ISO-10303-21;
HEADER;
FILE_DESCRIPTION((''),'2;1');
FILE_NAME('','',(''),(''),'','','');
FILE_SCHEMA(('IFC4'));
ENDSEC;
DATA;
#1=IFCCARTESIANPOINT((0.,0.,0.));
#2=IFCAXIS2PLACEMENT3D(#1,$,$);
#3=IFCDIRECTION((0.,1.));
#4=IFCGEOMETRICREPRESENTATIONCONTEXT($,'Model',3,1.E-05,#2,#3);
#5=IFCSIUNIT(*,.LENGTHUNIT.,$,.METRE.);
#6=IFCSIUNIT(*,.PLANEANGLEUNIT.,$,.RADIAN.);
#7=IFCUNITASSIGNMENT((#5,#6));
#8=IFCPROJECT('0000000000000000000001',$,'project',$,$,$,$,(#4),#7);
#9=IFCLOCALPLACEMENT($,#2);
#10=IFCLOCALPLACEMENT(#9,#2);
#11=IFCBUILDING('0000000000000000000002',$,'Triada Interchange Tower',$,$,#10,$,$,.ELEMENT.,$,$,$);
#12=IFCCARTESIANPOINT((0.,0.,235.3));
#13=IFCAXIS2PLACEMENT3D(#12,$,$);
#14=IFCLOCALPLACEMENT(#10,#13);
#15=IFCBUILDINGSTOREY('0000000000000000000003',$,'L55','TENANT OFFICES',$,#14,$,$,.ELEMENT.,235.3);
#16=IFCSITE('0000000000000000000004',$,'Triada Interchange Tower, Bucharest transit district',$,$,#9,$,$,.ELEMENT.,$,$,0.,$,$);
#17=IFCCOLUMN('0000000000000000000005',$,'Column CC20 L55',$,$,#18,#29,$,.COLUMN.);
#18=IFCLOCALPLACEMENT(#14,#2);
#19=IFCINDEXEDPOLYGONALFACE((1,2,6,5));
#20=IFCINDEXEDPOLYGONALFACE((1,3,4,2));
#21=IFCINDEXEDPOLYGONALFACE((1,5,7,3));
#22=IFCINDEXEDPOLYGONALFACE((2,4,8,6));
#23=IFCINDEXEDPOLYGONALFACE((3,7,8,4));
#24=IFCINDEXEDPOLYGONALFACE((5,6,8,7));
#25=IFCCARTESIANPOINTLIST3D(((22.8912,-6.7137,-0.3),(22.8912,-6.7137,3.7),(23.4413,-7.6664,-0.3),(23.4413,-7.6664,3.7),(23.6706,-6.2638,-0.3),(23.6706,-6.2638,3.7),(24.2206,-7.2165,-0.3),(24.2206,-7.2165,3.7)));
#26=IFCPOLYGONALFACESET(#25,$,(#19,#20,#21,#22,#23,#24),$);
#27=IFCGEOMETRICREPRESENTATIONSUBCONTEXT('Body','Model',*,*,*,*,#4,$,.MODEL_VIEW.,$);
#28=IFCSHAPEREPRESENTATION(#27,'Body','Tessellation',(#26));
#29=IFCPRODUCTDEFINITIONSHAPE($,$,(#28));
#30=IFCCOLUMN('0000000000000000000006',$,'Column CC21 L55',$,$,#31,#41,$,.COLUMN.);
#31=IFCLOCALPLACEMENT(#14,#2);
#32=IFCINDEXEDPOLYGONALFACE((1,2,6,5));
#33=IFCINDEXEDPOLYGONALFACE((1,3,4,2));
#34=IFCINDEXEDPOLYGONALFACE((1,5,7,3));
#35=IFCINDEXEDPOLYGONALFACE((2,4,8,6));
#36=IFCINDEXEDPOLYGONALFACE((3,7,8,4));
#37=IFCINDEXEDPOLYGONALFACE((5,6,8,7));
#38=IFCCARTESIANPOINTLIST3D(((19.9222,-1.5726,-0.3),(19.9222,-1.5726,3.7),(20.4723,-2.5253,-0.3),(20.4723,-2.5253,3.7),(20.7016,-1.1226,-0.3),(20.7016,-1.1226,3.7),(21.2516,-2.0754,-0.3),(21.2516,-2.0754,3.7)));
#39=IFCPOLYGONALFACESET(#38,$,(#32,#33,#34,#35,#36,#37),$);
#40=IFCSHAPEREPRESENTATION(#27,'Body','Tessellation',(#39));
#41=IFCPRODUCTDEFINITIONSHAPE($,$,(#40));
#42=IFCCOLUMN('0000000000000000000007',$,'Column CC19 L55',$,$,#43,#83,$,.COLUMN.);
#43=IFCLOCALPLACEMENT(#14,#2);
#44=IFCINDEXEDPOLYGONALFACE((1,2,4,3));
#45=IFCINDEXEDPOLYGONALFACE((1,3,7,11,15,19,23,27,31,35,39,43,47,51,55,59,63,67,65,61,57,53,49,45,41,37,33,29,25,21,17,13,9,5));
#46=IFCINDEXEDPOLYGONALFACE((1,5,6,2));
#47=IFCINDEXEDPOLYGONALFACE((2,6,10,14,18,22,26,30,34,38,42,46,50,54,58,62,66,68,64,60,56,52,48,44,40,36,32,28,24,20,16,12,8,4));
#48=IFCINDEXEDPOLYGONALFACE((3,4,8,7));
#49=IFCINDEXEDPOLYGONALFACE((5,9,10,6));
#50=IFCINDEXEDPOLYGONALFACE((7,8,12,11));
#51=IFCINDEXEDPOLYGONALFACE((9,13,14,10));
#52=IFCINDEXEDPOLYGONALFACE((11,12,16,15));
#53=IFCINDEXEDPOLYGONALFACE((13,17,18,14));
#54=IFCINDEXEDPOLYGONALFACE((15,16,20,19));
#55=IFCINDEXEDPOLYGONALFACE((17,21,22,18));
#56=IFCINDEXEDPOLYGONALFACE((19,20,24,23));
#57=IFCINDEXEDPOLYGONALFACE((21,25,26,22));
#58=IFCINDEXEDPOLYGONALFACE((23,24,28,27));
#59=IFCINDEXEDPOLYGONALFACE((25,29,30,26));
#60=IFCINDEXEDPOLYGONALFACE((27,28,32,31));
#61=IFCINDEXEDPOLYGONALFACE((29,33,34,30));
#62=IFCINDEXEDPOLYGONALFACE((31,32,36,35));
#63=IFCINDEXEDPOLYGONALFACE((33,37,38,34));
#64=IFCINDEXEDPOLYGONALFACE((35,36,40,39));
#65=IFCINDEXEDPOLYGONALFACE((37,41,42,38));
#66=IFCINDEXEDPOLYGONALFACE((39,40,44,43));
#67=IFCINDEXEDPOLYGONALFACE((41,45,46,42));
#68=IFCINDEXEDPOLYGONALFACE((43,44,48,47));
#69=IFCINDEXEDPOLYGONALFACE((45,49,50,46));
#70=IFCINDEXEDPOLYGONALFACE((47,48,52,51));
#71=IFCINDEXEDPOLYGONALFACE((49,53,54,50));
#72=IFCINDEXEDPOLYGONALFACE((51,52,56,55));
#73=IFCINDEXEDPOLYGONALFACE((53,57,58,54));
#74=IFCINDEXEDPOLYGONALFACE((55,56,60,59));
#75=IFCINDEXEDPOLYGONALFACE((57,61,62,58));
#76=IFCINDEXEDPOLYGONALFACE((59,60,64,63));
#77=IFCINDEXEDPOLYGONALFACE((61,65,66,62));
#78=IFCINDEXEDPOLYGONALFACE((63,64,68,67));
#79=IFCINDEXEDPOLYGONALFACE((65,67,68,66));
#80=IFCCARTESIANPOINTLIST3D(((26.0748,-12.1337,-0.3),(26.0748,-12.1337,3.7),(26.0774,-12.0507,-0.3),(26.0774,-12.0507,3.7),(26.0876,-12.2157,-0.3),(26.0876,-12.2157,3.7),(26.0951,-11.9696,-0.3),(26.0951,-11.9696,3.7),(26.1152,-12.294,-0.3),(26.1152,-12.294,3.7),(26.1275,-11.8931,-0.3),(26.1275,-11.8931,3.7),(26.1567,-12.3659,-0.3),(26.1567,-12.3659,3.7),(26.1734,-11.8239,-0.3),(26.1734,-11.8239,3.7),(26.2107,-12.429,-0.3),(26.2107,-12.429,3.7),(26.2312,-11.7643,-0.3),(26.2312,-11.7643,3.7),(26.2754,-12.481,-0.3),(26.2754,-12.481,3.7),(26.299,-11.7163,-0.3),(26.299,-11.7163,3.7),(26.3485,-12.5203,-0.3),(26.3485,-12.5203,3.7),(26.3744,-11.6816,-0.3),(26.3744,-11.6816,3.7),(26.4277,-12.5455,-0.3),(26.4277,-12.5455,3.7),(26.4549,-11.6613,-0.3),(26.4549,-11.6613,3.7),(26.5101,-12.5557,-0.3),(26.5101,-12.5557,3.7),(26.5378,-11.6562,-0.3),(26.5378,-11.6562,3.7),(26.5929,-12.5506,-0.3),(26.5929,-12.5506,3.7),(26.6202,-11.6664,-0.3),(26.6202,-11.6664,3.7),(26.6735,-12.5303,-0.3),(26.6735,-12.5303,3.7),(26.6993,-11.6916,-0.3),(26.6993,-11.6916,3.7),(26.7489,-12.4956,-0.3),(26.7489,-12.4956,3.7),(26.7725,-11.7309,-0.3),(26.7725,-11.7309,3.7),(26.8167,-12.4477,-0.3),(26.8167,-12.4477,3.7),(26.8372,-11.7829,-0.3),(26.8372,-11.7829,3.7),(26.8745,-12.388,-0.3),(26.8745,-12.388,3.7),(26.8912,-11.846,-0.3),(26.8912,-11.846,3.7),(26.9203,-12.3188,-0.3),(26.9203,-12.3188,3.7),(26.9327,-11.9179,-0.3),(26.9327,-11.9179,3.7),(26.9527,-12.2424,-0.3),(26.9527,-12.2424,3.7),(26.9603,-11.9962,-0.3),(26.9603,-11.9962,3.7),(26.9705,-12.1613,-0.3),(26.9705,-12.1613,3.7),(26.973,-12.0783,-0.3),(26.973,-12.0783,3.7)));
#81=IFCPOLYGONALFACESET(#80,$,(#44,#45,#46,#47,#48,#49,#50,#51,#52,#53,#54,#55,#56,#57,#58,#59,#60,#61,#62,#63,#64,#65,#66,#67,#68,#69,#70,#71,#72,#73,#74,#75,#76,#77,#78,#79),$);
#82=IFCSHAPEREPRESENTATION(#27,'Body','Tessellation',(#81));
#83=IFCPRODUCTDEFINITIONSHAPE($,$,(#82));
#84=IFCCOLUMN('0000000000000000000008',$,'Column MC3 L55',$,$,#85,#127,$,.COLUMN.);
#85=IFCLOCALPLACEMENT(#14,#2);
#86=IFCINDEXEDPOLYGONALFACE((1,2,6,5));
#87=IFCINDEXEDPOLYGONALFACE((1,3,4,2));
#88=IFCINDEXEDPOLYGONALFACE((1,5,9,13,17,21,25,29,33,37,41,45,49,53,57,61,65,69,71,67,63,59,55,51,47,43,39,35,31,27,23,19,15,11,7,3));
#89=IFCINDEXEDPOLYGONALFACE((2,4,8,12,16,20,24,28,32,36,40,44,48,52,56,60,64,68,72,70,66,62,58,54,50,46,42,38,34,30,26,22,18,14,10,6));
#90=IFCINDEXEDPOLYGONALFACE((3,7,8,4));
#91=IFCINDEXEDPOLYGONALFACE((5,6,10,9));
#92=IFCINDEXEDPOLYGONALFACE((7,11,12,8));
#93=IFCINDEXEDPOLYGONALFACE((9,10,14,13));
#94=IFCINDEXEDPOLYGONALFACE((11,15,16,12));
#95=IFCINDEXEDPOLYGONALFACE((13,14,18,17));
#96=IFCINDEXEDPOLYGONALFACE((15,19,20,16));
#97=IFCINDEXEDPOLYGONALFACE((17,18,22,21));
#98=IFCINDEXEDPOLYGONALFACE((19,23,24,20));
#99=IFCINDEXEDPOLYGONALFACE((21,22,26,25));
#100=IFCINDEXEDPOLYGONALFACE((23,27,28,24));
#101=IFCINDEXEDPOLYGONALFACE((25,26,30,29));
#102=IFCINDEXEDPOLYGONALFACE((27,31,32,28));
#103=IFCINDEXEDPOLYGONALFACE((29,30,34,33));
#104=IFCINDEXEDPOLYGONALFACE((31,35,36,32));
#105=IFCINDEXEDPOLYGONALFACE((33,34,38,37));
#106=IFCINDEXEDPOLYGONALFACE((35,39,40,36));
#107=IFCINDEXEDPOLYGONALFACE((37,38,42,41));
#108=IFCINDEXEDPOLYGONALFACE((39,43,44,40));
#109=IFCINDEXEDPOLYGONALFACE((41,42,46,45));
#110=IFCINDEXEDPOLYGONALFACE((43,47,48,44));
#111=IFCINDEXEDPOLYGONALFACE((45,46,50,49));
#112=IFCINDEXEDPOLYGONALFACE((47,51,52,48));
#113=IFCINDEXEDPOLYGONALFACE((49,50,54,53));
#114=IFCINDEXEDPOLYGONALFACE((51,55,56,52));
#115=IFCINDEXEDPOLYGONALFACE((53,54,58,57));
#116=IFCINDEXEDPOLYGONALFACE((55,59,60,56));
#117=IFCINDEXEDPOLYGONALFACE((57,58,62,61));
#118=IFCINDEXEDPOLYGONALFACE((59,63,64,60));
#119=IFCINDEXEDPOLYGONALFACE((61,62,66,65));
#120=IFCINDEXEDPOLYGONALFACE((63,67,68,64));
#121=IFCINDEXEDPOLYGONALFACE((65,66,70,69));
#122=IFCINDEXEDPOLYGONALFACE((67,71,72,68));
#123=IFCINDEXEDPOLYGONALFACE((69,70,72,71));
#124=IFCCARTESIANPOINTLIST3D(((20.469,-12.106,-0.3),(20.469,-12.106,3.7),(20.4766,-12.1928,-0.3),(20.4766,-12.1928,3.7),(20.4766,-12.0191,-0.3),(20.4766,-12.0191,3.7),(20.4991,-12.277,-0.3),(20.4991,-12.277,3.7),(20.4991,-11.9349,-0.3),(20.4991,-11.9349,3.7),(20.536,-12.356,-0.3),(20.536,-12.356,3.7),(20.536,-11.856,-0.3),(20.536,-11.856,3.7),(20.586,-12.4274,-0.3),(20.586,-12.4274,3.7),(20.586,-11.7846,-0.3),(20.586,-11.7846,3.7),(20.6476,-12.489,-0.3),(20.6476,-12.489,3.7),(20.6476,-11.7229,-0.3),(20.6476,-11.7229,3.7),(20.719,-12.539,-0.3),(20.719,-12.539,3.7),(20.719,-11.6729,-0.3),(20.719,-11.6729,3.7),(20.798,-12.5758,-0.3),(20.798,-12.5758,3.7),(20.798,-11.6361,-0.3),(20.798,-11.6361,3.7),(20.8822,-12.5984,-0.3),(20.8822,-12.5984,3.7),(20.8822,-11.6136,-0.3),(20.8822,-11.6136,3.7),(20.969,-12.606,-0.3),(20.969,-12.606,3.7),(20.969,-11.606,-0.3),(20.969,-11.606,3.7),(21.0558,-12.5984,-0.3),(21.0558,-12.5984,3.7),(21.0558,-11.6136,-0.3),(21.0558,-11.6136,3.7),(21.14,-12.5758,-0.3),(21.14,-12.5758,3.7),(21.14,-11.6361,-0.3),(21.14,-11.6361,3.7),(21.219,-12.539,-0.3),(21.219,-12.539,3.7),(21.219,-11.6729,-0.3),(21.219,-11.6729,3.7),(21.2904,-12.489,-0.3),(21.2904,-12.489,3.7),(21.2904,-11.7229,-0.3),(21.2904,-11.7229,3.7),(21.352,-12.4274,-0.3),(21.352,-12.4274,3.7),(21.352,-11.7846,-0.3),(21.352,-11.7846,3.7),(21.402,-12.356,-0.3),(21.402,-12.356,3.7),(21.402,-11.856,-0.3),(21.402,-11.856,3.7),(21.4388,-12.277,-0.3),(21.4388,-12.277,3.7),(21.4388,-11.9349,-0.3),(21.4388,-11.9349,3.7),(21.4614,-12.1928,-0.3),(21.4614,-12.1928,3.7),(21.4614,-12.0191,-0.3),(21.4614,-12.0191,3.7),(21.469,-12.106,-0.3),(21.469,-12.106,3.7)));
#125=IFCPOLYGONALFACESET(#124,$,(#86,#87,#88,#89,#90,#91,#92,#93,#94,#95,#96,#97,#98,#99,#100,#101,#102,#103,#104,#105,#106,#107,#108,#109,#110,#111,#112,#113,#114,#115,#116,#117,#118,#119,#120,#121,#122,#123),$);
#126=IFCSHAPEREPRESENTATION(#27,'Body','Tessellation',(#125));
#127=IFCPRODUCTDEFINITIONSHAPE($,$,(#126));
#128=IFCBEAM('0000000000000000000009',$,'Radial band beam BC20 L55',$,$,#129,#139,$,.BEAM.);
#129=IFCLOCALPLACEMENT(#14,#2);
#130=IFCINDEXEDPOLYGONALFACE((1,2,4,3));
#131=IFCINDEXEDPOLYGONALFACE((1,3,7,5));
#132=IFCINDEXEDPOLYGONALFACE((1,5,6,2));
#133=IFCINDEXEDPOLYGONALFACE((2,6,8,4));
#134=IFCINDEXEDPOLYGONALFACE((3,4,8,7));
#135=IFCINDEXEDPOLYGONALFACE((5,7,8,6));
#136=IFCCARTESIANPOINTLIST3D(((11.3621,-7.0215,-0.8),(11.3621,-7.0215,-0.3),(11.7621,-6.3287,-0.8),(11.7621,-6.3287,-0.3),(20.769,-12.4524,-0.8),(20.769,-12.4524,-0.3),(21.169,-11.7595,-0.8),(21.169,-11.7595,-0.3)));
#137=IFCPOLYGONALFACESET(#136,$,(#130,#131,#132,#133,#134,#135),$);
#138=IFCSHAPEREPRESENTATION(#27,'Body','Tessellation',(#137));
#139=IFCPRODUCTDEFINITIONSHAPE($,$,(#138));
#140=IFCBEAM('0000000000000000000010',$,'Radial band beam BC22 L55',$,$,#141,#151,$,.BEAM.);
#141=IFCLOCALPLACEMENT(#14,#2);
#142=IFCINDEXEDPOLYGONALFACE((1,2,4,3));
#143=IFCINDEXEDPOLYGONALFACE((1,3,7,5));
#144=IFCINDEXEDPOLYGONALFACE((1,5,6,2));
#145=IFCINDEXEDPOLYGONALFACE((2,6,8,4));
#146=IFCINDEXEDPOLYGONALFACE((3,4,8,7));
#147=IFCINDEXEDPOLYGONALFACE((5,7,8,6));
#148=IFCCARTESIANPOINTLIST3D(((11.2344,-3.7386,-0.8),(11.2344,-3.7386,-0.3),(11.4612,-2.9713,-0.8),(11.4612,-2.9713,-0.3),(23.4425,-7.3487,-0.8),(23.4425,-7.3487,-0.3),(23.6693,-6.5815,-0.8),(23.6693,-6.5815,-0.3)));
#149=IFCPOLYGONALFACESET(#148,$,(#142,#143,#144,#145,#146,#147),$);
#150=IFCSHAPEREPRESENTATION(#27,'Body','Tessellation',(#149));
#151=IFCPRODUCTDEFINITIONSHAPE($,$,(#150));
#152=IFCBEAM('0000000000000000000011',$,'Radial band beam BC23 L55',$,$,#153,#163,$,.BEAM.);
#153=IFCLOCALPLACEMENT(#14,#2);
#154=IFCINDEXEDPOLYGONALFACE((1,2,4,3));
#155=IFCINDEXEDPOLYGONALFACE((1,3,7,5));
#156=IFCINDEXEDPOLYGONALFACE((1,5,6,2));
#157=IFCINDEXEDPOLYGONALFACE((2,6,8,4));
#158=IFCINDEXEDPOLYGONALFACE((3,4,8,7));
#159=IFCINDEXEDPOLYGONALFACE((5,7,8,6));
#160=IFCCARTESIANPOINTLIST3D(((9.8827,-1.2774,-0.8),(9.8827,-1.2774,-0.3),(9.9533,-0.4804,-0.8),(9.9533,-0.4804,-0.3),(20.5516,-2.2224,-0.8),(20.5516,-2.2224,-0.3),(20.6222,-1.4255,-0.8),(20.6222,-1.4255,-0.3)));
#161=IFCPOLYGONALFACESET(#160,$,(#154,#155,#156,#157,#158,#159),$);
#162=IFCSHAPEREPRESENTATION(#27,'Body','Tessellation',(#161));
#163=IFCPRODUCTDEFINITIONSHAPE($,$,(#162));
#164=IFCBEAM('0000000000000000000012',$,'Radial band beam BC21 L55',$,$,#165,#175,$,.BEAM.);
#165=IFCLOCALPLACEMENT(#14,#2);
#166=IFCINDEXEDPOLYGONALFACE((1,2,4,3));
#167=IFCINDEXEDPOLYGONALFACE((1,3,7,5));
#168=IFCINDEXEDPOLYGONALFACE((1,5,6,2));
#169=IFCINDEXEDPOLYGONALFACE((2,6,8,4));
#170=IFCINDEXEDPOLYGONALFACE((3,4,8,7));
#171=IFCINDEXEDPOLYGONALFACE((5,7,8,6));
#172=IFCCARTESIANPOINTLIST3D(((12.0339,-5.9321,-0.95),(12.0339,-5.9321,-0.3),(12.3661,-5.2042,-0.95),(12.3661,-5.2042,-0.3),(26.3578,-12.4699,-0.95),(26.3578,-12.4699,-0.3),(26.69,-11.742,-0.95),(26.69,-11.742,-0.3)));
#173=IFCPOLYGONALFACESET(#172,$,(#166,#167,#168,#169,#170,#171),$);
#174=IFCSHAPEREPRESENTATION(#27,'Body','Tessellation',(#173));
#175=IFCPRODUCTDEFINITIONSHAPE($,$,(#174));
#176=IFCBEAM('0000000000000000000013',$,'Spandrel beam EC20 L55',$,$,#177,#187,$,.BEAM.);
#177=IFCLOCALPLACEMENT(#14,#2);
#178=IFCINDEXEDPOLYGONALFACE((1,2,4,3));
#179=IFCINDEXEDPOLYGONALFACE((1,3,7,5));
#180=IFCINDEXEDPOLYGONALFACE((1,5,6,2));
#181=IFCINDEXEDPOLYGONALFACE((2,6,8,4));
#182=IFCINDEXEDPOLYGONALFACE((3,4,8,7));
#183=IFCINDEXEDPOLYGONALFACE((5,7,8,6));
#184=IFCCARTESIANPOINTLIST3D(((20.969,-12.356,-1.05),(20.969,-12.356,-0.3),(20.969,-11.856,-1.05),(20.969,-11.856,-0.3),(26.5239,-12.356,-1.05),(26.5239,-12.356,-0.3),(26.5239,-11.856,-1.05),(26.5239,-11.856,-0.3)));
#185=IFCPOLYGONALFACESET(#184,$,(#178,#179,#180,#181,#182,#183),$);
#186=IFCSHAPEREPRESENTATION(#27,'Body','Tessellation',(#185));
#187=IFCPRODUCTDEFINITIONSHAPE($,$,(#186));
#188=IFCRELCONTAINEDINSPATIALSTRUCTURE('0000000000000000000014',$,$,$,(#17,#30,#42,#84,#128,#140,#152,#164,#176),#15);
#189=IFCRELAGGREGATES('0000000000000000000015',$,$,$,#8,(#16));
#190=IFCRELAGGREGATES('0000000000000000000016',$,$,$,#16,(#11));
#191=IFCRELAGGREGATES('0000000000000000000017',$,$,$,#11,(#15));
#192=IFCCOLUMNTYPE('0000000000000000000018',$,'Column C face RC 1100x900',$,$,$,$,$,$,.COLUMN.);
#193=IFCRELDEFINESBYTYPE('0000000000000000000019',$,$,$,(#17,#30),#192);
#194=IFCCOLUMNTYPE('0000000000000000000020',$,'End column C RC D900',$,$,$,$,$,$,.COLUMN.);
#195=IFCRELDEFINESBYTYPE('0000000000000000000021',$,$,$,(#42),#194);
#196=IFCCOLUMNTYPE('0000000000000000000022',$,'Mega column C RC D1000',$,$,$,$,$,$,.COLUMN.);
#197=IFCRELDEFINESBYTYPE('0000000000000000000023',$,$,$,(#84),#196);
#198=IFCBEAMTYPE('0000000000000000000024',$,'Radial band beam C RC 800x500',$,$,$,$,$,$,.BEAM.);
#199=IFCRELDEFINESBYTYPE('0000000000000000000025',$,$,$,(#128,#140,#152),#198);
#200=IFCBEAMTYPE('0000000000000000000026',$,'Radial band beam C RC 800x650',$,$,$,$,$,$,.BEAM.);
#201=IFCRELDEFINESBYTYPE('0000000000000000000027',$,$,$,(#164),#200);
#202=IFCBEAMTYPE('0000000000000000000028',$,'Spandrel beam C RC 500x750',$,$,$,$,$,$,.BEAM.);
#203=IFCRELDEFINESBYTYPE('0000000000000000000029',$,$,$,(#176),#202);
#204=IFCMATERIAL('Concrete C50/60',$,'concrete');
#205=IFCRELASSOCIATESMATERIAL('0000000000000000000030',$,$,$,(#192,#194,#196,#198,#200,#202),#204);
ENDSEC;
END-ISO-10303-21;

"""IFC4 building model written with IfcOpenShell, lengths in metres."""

from ifc_helpers import new_model, si_unit, direction, frame, origin, origin_2d, place, context, subcontext, project, spatial, rectangle, circle, extrude, material, material_profile, profile_set, type_object, element, save


model = new_model("IFC4")

# Units and contexts
model_context = context("Model", 3, precision=1e-05, world=origin(), true_north=direction((0.0, 1.0)))
body_context = subcontext(model_context, "Body", "Model", "MODEL_VIEW")
ifc_project = project(units=[si_unit("LENGTHUNIT", "METRE"), si_unit("PLANEANGLEUNIT", "RADIAN")], contexts=[model_context])

# Site, building, storey
site_placement = place(None, origin())
site = spatial("IfcSite", under=ifc_project, at=site_placement, Name="Triada Interchange Tower, Bucharest transit district", CompositionType="ELEMENT", RefElevation=0.0)
building_placement = place(site_placement, origin())
building = spatial("IfcBuilding", under=site, at=building_placement, Name="Triada Interchange Tower", CompositionType="ELEMENT")
storey_placement = place(building_placement, frame((0.0, 0.0, 235.3)))
storey = spatial("IfcBuildingStorey", under=building, at=storey_placement, Name="L55", Description="TENANT OFFICES", CompositionType="ELEMENT", Elevation=235.3)

# Columns
ifc_material_1 = material(Name="Concrete C50/60", Category="concrete")
ifc_material_profile_1 = material_profile(ifc_material_1, rectangle(XDim=1.1001, YDim=0.8999, at=origin_2d()), Name="RC 1100x900")
ifc_profile_set_1 = profile_set([ifc_material_profile_1], Name="Concrete C50/60")
column_type_1 = type_object("IfcColumnType", Name="Column C face RC 1100x900", PredefinedType="COLUMN", material=ifc_profile_set_1)
for number, where, z_axis, x_axis, name in (
    (1, (23.5559, -6.9651, -0.3), (0.0, 0.0, 1.0), (-0.5, 0.866025, 0.0), "Column CC20 L55"),
    (2, (20.5869, -1.824, -0.3), (0.0, 0.0, 1.0), (-0.5, 0.866025, 0.0), "Column CC21 L55"),
):
    element("IfcColumn", number, at=place(storey_placement, frame(where, z_axis=z_axis, x_axis=x_axis)), inside=storey, type_object=column_type_1, Name=name, PredefinedType="COLUMN", context=body_context, shape_type="SweptSolid", body=[
        extrude(rectangle(XDim=1.1001, YDim=0.8999, at=origin_2d()), origin(), (0.0, 0.0, 1.0), 4.0),
    ])
ifc_material_profile_2 = material_profile(ifc_material_1, circle(Radius=0.45, at=origin_2d()), Name="RC D900")
ifc_profile_set_2 = profile_set([ifc_material_profile_2], Name="Concrete C50/60")
column_type_2 = type_object("IfcColumnType", Name="End column C RC D900", PredefinedType="COLUMN", material=ifc_profile_set_2)
column_1_placement = place(storey_placement, frame((26.5239, -12.106, -0.3), z_axis=(0.0, 0.0, 1.0), x_axis=(-0.5, 0.866025, 0.0)))
element("IfcColumn", 3, at=column_1_placement, inside=storey, type_object=column_type_2, Name="Column CC19 L55", PredefinedType="COLUMN", context=body_context, shape_type="SweptSolid", body=[
    extrude(circle(Radius=0.45, at=origin_2d()), origin(), (0.0, 0.0, 1.0), 4.0),
])
ifc_material_profile_3 = material_profile(ifc_material_1, circle(Radius=0.5, at=origin_2d()), Name="RC D1000")
ifc_profile_set_3 = profile_set([ifc_material_profile_3], Name="Concrete C50/60")
column_type_3 = type_object("IfcColumnType", Name="Mega column C RC D1000", PredefinedType="COLUMN", material=ifc_profile_set_3)
column_2_placement = place(storey_placement, frame((20.969, -12.106, -0.3), z_axis=(0.0, 0.0, 1.0), x_axis=(1.0, 0.0, 0.0)))
element("IfcColumn", 4, at=column_2_placement, inside=storey, type_object=column_type_3, Name="Column MC3 L55", PredefinedType="COLUMN", context=body_context, shape_type="SweptSolid", body=[
    extrude(circle(Radius=0.5, at=origin_2d()), origin(), (0.0, 0.0, 1.0), 4.0),
])

# Beams
ifc_material_profile_4 = material_profile(ifc_material_1, rectangle(XDim=0.8, YDim=0.5, at=origin_2d()), Name="RC 800x500")
ifc_profile_set_4 = profile_set([ifc_material_profile_4], Name="Concrete C50/60")
beam_type_1 = type_object("IfcBeamType", Name="Radial band beam C RC 800x500", PredefinedType="BEAM", material=ifc_profile_set_4)
beam_1_placement = place(storey_placement, frame((20.969, -12.106, -0.55), z_axis=(-0.866034, 0.499985, 0.0), x_axis=(-0.499985, -0.866034, 0.0)))
element("IfcBeam", 5, at=beam_1_placement, inside=storey, type_object=beam_type_1, Name="Radial band beam BC20 L55", PredefinedType="BEAM", context=body_context, shape_type="SweptSolid", body=[
    extrude(rectangle(XDim=0.8, YDim=0.5, at=origin_2d()), origin(), (0.0, 0.0, 1.0), 10.8621),
])
beam_2_placement = place(storey_placement, frame((23.5559, -6.9651, -0.55), z_axis=(-0.958949, 0.283577, 0.0), x_axis=(-0.283577, -0.958949, 0.0)))
element("IfcBeam", 6, at=beam_2_placement, inside=storey, type_object=beam_type_1, Name="Radial band beam BC22 L55", PredefinedType="BEAM", context=body_context, shape_type="SweptSolid", body=[
    extrude(rectangle(XDim=0.8, YDim=0.5, at=origin_2d()), origin(), (0.0, 0.0, 1.0), 12.7307),
])
beam_3_placement = place(storey_placement, frame((20.5869, -1.824, -0.55), z_axis=(-0.9961, 0.088236, 0.0), x_axis=(-0.088236, -0.9961, 0.0)))
element("IfcBeam", 7, at=beam_3_placement, inside=storey, type_object=beam_type_1, Name="Radial band beam BC23 L55", PredefinedType="BEAM", context=body_context, shape_type="SweptSolid", body=[
    extrude(rectangle(XDim=0.8, YDim=0.5, at=origin_2d()), origin(), (0.0, 0.0, 1.0), 10.7107),
])
ifc_material_profile_5 = material_profile(ifc_material_1, rectangle(XDim=0.8, YDim=0.6499, at=origin_2d()), Name="RC 800x650")
ifc_profile_set_5 = profile_set([ifc_material_profile_5], Name="Concrete C50/60")
beam_type_2 = type_object("IfcBeamType", Name="Radial band beam C RC 800x650", PredefinedType="BEAM", material=ifc_profile_set_5)
beam_4_placement = place(storey_placement, frame((26.5239, -12.106, -0.625), z_axis=(-0.909721, 0.415221, 0.0), x_axis=(-0.415221, -0.909721, 0.0)))
element("IfcBeam", 8, at=beam_4_placement, inside=storey, type_object=beam_type_2, Name="Radial band beam BC21 L55", PredefinedType="BEAM", context=body_context, shape_type="SweptSolid", body=[
    extrude(rectangle(XDim=0.8, YDim=0.6499, at=origin_2d()), origin(), (0.0, 0.0, 1.0), 15.7454),
])
ifc_material_profile_6 = material_profile(ifc_material_1, rectangle(XDim=0.5, YDim=0.75, at=origin_2d()), Name="RC 500x750")
ifc_profile_set_6 = profile_set([ifc_material_profile_6], Name="Concrete C50/60")
beam_type_3 = type_object("IfcBeamType", Name="Spandrel beam C RC 500x750", PredefinedType="BEAM", material=ifc_profile_set_6)
beam_5_placement = place(storey_placement, frame((20.969, -12.106, -0.675), z_axis=(1.0, 0.0, 0.0), x_axis=(0.0, 1.0, 0.0)))
element("IfcBeam", 9, at=beam_5_placement, inside=storey, type_object=beam_type_3, Name="Spandrel beam EC20 L55", PredefinedType="BEAM", context=body_context, shape_type="SweptSolid", body=[
    extrude(rectangle(XDim=0.5, YDim=0.75, at=origin_2d()), origin(), (0.0, 0.0, 1.0), 5.5549),
])

save(model, "model.ifc")
